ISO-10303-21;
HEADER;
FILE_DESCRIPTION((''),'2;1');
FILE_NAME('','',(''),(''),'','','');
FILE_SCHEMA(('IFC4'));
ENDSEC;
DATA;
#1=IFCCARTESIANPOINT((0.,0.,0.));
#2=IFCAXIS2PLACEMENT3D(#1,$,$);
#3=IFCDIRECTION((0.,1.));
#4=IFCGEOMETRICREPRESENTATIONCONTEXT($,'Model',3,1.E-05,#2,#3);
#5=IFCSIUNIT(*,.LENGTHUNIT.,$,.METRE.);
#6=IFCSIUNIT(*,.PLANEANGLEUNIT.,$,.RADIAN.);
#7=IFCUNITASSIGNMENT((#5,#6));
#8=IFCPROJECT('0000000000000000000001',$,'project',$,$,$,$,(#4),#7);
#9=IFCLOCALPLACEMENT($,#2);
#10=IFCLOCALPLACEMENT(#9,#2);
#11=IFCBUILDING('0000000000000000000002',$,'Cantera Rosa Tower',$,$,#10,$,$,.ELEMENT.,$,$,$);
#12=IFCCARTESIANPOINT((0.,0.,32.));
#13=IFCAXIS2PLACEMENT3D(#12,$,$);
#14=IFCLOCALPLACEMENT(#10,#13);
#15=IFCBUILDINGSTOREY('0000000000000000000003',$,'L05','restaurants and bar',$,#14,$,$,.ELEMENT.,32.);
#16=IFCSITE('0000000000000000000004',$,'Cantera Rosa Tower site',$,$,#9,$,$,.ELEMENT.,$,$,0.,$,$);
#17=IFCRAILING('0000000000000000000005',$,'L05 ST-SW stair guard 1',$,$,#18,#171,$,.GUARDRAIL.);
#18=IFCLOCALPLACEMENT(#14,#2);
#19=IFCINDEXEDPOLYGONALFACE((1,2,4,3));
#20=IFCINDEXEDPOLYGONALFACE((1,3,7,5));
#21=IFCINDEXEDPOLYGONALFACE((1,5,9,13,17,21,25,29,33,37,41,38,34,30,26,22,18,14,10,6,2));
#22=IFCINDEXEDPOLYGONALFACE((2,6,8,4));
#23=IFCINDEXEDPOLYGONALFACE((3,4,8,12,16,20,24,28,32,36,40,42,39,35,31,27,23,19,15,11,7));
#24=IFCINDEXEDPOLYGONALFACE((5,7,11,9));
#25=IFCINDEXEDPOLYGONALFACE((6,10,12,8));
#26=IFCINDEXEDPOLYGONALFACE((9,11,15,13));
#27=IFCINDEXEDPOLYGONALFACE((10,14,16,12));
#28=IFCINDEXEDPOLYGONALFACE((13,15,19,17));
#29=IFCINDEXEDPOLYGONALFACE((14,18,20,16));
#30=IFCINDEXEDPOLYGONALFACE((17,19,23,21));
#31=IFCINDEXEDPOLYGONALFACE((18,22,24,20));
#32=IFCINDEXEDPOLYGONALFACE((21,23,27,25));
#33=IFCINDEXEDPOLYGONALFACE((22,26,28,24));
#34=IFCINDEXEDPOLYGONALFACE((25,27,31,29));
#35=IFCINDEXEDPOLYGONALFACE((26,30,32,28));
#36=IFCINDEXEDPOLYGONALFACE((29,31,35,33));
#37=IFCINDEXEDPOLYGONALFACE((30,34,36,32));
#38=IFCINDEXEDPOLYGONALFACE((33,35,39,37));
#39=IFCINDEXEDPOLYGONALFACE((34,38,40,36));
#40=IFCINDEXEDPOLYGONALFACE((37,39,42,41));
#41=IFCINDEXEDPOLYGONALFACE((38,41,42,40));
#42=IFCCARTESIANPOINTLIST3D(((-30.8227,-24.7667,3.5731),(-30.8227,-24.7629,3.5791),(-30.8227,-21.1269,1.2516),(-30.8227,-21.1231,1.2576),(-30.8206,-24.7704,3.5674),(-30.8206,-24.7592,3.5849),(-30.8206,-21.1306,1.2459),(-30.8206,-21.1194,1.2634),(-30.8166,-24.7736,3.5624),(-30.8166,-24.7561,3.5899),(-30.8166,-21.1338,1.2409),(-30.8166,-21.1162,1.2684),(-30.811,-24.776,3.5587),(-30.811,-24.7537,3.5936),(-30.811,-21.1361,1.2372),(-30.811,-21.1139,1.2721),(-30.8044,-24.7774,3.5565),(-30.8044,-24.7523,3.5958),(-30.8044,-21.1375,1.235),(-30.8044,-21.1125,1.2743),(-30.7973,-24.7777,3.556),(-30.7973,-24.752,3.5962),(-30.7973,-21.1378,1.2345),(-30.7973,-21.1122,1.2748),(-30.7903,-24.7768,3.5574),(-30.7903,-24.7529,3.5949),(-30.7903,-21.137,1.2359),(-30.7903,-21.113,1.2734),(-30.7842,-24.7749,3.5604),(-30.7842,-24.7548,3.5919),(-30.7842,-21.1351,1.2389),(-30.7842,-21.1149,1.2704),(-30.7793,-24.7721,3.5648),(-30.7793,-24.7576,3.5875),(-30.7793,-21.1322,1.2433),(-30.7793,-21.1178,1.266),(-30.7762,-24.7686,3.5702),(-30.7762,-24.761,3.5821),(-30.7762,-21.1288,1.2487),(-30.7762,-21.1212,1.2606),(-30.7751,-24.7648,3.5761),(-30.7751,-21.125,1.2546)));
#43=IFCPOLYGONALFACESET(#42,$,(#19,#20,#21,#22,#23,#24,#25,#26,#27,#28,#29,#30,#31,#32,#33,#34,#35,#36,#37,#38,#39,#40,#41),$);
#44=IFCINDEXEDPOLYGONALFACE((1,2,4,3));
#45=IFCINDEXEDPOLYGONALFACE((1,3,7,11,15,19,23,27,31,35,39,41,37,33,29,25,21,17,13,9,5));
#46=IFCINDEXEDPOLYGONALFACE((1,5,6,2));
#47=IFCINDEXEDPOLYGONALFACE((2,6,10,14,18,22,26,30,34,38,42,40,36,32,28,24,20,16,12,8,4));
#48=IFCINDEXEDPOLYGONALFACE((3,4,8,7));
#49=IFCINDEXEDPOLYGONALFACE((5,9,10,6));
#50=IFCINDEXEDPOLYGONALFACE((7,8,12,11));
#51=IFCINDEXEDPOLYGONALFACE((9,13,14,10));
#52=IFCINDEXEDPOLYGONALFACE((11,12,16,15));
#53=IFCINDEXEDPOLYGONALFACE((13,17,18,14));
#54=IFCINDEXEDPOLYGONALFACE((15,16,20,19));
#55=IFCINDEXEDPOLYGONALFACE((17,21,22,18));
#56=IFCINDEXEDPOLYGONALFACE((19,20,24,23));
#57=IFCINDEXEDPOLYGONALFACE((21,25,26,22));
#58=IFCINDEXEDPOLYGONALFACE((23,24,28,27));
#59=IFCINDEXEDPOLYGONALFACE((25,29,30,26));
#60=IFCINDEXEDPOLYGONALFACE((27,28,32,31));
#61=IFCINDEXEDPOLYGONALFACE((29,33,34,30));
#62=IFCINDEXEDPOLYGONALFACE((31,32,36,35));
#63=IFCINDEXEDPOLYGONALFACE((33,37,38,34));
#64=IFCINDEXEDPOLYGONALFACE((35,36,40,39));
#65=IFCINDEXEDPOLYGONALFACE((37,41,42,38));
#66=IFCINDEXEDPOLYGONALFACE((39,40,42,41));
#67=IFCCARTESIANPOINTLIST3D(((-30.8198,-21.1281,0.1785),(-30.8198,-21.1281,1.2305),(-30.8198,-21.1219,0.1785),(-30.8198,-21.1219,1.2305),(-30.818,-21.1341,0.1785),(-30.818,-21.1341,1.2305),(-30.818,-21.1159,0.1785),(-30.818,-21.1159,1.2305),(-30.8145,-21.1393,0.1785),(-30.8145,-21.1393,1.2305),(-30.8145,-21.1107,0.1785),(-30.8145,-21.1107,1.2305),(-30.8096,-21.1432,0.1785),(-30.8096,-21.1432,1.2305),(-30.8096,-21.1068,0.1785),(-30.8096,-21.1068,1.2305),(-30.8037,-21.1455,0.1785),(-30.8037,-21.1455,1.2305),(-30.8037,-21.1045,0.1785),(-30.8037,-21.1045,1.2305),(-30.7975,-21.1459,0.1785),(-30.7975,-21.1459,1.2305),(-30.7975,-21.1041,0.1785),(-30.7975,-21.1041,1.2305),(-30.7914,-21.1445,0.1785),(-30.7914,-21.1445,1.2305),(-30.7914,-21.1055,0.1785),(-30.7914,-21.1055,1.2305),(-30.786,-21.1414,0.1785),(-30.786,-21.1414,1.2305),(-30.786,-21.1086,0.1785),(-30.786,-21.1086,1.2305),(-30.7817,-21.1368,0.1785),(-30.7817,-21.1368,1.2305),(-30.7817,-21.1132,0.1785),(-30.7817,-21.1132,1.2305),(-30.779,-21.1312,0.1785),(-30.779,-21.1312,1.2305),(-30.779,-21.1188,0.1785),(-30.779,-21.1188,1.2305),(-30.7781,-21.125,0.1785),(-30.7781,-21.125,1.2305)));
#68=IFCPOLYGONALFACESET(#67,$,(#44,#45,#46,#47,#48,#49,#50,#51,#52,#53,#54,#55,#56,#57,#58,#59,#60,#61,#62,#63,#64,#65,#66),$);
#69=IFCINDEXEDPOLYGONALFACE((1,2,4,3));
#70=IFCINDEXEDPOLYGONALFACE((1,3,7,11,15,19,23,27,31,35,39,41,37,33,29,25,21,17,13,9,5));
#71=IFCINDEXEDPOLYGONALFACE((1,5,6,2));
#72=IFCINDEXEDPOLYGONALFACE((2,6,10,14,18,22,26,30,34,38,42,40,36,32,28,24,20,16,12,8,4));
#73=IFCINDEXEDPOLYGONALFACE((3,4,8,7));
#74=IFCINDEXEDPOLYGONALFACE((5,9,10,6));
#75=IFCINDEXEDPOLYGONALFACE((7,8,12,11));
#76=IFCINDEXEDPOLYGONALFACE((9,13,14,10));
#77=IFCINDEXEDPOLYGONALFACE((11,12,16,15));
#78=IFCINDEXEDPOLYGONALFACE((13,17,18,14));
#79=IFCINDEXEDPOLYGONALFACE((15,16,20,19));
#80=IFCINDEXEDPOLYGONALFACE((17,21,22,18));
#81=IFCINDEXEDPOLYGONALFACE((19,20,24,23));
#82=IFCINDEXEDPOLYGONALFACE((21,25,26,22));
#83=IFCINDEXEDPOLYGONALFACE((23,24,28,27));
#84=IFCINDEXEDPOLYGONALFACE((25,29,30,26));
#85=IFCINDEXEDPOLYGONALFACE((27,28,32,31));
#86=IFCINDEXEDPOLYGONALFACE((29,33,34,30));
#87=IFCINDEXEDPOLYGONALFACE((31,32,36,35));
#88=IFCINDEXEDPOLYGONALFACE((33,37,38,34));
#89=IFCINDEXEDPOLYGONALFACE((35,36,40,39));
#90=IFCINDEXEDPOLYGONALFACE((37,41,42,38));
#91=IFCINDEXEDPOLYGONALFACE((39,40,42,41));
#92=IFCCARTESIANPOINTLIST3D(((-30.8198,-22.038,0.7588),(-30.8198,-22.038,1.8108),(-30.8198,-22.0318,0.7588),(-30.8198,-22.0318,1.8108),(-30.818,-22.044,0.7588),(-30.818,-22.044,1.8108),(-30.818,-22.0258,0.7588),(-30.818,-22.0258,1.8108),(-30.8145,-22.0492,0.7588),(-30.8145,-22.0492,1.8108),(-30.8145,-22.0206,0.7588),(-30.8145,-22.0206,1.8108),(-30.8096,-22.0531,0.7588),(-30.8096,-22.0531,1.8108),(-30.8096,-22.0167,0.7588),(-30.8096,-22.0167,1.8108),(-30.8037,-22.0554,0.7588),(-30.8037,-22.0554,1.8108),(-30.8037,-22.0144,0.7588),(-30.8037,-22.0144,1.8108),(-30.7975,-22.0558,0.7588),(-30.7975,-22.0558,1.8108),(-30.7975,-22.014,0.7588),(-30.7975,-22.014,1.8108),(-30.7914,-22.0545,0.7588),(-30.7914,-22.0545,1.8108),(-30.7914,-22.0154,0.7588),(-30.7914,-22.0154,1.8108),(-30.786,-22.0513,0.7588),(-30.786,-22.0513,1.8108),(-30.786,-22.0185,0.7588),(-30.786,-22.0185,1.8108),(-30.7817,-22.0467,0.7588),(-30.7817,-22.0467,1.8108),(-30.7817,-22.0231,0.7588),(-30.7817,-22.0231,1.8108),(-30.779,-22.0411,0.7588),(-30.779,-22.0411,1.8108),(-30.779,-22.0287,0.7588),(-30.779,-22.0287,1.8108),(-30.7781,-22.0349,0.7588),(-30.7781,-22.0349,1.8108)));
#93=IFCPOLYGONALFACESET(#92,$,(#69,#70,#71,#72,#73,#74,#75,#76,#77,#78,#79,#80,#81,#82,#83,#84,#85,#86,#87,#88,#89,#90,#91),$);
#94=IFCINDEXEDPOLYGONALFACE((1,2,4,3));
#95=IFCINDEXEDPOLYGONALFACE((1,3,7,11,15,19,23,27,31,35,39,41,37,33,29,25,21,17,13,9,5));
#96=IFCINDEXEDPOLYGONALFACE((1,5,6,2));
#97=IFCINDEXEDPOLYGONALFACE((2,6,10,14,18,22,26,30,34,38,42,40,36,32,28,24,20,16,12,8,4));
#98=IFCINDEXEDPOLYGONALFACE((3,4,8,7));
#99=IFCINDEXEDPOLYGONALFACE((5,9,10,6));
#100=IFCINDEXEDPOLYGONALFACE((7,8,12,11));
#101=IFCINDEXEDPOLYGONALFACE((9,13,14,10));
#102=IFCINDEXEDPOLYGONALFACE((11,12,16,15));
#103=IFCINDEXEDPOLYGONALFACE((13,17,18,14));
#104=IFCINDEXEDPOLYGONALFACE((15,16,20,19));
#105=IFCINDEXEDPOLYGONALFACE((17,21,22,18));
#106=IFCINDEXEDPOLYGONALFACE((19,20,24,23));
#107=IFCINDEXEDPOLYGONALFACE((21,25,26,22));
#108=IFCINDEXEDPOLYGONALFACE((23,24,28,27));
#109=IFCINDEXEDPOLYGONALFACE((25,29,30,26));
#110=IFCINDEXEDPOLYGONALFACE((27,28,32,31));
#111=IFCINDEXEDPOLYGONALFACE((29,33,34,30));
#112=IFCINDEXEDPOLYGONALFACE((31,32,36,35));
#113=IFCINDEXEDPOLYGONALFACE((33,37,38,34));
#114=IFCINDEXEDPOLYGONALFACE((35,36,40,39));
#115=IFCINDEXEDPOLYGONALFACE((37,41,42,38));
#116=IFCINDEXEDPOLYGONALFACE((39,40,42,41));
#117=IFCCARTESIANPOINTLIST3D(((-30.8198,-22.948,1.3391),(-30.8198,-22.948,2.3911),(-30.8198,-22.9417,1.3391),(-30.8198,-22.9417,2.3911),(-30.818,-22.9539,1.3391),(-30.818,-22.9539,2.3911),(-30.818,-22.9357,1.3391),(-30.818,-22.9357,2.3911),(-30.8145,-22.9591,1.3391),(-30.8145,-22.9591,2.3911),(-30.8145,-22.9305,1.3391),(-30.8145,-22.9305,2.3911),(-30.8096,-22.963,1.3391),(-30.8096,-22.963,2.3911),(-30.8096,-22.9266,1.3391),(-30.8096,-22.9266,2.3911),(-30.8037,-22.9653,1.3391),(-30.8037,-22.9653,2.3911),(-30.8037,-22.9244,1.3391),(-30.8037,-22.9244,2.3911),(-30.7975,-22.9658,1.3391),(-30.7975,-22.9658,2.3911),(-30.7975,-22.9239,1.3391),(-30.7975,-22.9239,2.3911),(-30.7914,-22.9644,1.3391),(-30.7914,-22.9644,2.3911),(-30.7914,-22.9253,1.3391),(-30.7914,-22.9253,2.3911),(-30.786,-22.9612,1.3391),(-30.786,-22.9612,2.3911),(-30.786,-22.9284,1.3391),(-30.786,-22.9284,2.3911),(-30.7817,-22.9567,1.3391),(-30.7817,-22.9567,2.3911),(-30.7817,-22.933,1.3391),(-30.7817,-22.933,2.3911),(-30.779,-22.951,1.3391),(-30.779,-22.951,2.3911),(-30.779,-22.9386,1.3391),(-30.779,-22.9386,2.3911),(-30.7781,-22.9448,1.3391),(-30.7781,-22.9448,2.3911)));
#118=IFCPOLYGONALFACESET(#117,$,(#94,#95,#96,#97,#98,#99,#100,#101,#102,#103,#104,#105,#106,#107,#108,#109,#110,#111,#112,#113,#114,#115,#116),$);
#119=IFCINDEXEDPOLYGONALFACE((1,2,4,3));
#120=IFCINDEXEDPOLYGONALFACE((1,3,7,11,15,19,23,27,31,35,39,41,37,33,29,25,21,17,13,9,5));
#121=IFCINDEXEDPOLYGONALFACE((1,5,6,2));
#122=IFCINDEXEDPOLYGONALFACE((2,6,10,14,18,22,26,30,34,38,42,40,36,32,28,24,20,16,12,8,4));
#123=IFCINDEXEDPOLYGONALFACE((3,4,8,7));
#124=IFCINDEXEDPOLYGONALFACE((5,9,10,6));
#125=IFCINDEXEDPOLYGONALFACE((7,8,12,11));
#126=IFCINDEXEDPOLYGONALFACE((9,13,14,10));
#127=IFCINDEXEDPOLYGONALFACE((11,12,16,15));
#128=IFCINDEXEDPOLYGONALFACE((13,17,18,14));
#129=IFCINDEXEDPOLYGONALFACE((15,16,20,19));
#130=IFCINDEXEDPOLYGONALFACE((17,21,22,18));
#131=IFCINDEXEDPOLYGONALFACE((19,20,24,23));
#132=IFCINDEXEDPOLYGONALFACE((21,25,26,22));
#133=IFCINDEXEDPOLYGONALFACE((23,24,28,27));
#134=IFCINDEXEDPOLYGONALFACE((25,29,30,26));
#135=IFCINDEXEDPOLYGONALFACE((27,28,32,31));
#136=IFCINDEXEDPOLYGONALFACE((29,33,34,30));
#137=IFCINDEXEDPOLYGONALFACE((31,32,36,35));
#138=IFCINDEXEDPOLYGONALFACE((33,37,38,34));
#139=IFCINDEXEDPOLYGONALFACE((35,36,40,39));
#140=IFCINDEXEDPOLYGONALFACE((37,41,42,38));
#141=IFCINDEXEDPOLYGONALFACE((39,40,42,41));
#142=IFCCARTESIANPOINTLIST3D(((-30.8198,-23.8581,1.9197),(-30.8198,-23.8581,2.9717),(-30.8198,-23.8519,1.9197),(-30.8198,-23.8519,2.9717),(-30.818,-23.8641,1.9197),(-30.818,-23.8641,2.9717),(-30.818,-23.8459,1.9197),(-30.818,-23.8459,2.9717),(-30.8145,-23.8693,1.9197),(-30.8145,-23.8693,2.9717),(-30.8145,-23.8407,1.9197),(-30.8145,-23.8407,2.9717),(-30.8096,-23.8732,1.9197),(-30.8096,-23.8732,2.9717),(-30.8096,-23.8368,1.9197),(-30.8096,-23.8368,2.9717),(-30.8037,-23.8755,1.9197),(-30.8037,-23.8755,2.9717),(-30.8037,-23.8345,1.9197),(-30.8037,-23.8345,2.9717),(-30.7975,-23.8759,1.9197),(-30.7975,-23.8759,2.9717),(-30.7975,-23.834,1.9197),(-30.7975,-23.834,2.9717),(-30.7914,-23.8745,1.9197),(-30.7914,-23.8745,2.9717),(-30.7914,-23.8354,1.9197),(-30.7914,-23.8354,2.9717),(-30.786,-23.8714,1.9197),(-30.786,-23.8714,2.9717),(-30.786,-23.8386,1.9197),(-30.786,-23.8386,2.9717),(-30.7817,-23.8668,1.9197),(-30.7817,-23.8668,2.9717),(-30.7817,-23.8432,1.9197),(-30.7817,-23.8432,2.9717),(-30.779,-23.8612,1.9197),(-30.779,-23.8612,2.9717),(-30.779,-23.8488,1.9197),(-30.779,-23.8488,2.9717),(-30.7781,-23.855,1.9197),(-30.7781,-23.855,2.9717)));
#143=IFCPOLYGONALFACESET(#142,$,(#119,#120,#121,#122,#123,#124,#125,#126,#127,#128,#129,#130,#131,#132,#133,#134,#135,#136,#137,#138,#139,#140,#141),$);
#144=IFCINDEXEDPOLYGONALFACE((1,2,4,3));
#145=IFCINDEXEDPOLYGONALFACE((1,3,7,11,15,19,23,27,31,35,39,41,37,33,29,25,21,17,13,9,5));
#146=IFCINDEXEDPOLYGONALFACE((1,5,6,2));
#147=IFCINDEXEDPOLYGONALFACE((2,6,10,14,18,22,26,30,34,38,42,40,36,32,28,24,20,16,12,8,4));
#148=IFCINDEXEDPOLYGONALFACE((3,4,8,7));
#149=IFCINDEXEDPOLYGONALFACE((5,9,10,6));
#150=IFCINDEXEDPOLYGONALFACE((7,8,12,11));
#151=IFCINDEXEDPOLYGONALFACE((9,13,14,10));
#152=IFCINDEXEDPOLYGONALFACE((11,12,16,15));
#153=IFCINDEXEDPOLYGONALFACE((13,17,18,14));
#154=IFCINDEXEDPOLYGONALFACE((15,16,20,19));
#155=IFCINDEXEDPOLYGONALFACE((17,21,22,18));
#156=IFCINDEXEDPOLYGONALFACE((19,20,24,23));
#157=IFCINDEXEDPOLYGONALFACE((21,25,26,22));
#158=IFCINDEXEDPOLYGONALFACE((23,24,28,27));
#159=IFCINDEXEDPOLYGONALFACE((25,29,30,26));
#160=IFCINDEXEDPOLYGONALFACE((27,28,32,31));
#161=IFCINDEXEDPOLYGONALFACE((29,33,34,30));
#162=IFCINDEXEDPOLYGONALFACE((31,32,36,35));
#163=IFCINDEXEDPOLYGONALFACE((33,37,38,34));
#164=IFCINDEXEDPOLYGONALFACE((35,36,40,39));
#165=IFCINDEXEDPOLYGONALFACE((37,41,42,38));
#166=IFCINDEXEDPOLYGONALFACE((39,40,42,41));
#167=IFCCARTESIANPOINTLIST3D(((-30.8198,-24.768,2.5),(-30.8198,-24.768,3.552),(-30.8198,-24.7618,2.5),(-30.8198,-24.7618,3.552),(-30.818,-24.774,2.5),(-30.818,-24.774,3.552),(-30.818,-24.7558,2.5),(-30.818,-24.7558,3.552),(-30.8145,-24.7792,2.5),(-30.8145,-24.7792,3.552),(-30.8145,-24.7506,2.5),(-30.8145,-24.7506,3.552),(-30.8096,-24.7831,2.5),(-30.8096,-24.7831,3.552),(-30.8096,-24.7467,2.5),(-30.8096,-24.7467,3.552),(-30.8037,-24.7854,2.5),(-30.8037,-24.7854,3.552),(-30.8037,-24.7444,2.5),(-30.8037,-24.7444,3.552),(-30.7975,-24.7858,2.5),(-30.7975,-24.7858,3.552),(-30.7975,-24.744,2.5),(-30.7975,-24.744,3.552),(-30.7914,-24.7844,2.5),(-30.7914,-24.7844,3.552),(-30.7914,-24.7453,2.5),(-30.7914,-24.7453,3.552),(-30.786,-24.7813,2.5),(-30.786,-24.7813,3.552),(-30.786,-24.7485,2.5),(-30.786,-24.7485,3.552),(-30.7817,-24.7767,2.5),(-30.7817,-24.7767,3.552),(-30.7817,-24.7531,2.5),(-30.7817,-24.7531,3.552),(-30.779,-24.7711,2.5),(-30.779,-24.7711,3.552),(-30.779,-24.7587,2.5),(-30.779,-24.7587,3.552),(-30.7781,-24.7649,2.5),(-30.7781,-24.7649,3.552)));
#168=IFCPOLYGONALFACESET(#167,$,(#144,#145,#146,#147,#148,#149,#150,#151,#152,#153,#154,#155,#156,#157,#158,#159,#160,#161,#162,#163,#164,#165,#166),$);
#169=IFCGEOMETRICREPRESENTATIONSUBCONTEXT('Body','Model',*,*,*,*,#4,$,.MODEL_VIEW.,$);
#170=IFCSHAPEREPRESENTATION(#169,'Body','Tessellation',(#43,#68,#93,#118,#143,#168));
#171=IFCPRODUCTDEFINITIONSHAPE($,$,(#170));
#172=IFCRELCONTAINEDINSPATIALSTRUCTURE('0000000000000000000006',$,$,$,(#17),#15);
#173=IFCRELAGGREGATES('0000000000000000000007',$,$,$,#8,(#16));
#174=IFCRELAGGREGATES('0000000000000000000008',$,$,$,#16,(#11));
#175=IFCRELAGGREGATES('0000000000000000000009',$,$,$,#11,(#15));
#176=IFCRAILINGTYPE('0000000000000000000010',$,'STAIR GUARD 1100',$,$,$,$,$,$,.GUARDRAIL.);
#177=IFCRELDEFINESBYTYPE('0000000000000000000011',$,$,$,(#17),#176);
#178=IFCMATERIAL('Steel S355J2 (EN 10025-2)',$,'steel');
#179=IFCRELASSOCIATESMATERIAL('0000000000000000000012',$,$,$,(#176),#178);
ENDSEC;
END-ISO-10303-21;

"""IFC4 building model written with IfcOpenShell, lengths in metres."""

from ifc_helpers import new_model, si_unit, direction, frame, origin, origin_2d, place, context, subcontext, project, spatial, circle, extrude, material, type_object, element, save


model = new_model("IFC4")

# Units and contexts
model_context = context("Model", 3, precision=1e-05, world=origin(), true_north=direction((0.0, 1.0)))
body_context = subcontext(model_context, "Body", "Model", "MODEL_VIEW")
ifc_project = project(units=[si_unit("LENGTHUNIT", "METRE"), si_unit("PLANEANGLEUNIT", "RADIAN")], contexts=[model_context])

# Site, building, storey
site_placement = place(None, origin())
site = spatial("IfcSite", under=ifc_project, at=site_placement, Name="Cantera Rosa Tower site", CompositionType="ELEMENT", RefElevation=0.0)
building_placement = place(site_placement, origin())
building = spatial("IfcBuilding", under=site, at=building_placement, Name="Cantera Rosa Tower", CompositionType="ELEMENT")
storey_placement = place(building_placement, frame((0.0, 0.0, 32.0)))
storey = spatial("IfcBuildingStorey", under=building, at=storey_placement, Name="L05", Description="restaurants and bar", CompositionType="ELEMENT", Elevation=32.0)

# Railing
ifc_material_1 = material(Name="Steel S355J2 (EN 10025-2)", Category="steel")
railing_type_1 = type_object("IfcRailingType", Name="STAIR GUARD 1100", PredefinedType="GUARDRAIL", material=ifc_material_1)
railing_1_placement = place(storey_placement, frame((-30.7991, -21.125, 0.1785)))
element("IfcRailing", 1, at=railing_1_placement, inside=storey, type_object=railing_type_1, Name="L05 ST-SW stair guard 1", PredefinedType="GUARDRAIL", context=body_context, shape_type="SweptSolid", body=[
    extrude(circle(Radius=0.0239, at=origin_2d()), frame((0.0, 0.0, 1.0762), z_axis=(0.0, -0.843112, 0.537739), x_axis=(1.0, 0.0, 0.0)), (0.0, 0.0, 1.0), 4.3171),
    extrude(circle(Radius=0.021, at=origin_2d()), origin(), (0.0, 0.0, 1.0), 1.052),
    extrude(circle(Radius=0.021, at=origin_2d()), frame((0.0, -0.9099, 0.5803)), (0.0, 0.0, 1.0), 1.052),
    extrude(circle(Radius=0.021, at=origin_2d()), frame((0.0, -1.8198, 1.1606)), (0.0, 0.0, 1.0), 1.052),
    extrude(circle(Radius=0.021, at=origin_2d()), frame((0.0, -2.73, 1.7412)), (0.0, 0.0, 1.0), 1.052),
    extrude(circle(Radius=0.021, at=origin_2d()), frame((0.0, -3.6399, 2.3215)), (0.0, 0.0, 1.0), 1.052),
])

save(model, "model.ifc")
